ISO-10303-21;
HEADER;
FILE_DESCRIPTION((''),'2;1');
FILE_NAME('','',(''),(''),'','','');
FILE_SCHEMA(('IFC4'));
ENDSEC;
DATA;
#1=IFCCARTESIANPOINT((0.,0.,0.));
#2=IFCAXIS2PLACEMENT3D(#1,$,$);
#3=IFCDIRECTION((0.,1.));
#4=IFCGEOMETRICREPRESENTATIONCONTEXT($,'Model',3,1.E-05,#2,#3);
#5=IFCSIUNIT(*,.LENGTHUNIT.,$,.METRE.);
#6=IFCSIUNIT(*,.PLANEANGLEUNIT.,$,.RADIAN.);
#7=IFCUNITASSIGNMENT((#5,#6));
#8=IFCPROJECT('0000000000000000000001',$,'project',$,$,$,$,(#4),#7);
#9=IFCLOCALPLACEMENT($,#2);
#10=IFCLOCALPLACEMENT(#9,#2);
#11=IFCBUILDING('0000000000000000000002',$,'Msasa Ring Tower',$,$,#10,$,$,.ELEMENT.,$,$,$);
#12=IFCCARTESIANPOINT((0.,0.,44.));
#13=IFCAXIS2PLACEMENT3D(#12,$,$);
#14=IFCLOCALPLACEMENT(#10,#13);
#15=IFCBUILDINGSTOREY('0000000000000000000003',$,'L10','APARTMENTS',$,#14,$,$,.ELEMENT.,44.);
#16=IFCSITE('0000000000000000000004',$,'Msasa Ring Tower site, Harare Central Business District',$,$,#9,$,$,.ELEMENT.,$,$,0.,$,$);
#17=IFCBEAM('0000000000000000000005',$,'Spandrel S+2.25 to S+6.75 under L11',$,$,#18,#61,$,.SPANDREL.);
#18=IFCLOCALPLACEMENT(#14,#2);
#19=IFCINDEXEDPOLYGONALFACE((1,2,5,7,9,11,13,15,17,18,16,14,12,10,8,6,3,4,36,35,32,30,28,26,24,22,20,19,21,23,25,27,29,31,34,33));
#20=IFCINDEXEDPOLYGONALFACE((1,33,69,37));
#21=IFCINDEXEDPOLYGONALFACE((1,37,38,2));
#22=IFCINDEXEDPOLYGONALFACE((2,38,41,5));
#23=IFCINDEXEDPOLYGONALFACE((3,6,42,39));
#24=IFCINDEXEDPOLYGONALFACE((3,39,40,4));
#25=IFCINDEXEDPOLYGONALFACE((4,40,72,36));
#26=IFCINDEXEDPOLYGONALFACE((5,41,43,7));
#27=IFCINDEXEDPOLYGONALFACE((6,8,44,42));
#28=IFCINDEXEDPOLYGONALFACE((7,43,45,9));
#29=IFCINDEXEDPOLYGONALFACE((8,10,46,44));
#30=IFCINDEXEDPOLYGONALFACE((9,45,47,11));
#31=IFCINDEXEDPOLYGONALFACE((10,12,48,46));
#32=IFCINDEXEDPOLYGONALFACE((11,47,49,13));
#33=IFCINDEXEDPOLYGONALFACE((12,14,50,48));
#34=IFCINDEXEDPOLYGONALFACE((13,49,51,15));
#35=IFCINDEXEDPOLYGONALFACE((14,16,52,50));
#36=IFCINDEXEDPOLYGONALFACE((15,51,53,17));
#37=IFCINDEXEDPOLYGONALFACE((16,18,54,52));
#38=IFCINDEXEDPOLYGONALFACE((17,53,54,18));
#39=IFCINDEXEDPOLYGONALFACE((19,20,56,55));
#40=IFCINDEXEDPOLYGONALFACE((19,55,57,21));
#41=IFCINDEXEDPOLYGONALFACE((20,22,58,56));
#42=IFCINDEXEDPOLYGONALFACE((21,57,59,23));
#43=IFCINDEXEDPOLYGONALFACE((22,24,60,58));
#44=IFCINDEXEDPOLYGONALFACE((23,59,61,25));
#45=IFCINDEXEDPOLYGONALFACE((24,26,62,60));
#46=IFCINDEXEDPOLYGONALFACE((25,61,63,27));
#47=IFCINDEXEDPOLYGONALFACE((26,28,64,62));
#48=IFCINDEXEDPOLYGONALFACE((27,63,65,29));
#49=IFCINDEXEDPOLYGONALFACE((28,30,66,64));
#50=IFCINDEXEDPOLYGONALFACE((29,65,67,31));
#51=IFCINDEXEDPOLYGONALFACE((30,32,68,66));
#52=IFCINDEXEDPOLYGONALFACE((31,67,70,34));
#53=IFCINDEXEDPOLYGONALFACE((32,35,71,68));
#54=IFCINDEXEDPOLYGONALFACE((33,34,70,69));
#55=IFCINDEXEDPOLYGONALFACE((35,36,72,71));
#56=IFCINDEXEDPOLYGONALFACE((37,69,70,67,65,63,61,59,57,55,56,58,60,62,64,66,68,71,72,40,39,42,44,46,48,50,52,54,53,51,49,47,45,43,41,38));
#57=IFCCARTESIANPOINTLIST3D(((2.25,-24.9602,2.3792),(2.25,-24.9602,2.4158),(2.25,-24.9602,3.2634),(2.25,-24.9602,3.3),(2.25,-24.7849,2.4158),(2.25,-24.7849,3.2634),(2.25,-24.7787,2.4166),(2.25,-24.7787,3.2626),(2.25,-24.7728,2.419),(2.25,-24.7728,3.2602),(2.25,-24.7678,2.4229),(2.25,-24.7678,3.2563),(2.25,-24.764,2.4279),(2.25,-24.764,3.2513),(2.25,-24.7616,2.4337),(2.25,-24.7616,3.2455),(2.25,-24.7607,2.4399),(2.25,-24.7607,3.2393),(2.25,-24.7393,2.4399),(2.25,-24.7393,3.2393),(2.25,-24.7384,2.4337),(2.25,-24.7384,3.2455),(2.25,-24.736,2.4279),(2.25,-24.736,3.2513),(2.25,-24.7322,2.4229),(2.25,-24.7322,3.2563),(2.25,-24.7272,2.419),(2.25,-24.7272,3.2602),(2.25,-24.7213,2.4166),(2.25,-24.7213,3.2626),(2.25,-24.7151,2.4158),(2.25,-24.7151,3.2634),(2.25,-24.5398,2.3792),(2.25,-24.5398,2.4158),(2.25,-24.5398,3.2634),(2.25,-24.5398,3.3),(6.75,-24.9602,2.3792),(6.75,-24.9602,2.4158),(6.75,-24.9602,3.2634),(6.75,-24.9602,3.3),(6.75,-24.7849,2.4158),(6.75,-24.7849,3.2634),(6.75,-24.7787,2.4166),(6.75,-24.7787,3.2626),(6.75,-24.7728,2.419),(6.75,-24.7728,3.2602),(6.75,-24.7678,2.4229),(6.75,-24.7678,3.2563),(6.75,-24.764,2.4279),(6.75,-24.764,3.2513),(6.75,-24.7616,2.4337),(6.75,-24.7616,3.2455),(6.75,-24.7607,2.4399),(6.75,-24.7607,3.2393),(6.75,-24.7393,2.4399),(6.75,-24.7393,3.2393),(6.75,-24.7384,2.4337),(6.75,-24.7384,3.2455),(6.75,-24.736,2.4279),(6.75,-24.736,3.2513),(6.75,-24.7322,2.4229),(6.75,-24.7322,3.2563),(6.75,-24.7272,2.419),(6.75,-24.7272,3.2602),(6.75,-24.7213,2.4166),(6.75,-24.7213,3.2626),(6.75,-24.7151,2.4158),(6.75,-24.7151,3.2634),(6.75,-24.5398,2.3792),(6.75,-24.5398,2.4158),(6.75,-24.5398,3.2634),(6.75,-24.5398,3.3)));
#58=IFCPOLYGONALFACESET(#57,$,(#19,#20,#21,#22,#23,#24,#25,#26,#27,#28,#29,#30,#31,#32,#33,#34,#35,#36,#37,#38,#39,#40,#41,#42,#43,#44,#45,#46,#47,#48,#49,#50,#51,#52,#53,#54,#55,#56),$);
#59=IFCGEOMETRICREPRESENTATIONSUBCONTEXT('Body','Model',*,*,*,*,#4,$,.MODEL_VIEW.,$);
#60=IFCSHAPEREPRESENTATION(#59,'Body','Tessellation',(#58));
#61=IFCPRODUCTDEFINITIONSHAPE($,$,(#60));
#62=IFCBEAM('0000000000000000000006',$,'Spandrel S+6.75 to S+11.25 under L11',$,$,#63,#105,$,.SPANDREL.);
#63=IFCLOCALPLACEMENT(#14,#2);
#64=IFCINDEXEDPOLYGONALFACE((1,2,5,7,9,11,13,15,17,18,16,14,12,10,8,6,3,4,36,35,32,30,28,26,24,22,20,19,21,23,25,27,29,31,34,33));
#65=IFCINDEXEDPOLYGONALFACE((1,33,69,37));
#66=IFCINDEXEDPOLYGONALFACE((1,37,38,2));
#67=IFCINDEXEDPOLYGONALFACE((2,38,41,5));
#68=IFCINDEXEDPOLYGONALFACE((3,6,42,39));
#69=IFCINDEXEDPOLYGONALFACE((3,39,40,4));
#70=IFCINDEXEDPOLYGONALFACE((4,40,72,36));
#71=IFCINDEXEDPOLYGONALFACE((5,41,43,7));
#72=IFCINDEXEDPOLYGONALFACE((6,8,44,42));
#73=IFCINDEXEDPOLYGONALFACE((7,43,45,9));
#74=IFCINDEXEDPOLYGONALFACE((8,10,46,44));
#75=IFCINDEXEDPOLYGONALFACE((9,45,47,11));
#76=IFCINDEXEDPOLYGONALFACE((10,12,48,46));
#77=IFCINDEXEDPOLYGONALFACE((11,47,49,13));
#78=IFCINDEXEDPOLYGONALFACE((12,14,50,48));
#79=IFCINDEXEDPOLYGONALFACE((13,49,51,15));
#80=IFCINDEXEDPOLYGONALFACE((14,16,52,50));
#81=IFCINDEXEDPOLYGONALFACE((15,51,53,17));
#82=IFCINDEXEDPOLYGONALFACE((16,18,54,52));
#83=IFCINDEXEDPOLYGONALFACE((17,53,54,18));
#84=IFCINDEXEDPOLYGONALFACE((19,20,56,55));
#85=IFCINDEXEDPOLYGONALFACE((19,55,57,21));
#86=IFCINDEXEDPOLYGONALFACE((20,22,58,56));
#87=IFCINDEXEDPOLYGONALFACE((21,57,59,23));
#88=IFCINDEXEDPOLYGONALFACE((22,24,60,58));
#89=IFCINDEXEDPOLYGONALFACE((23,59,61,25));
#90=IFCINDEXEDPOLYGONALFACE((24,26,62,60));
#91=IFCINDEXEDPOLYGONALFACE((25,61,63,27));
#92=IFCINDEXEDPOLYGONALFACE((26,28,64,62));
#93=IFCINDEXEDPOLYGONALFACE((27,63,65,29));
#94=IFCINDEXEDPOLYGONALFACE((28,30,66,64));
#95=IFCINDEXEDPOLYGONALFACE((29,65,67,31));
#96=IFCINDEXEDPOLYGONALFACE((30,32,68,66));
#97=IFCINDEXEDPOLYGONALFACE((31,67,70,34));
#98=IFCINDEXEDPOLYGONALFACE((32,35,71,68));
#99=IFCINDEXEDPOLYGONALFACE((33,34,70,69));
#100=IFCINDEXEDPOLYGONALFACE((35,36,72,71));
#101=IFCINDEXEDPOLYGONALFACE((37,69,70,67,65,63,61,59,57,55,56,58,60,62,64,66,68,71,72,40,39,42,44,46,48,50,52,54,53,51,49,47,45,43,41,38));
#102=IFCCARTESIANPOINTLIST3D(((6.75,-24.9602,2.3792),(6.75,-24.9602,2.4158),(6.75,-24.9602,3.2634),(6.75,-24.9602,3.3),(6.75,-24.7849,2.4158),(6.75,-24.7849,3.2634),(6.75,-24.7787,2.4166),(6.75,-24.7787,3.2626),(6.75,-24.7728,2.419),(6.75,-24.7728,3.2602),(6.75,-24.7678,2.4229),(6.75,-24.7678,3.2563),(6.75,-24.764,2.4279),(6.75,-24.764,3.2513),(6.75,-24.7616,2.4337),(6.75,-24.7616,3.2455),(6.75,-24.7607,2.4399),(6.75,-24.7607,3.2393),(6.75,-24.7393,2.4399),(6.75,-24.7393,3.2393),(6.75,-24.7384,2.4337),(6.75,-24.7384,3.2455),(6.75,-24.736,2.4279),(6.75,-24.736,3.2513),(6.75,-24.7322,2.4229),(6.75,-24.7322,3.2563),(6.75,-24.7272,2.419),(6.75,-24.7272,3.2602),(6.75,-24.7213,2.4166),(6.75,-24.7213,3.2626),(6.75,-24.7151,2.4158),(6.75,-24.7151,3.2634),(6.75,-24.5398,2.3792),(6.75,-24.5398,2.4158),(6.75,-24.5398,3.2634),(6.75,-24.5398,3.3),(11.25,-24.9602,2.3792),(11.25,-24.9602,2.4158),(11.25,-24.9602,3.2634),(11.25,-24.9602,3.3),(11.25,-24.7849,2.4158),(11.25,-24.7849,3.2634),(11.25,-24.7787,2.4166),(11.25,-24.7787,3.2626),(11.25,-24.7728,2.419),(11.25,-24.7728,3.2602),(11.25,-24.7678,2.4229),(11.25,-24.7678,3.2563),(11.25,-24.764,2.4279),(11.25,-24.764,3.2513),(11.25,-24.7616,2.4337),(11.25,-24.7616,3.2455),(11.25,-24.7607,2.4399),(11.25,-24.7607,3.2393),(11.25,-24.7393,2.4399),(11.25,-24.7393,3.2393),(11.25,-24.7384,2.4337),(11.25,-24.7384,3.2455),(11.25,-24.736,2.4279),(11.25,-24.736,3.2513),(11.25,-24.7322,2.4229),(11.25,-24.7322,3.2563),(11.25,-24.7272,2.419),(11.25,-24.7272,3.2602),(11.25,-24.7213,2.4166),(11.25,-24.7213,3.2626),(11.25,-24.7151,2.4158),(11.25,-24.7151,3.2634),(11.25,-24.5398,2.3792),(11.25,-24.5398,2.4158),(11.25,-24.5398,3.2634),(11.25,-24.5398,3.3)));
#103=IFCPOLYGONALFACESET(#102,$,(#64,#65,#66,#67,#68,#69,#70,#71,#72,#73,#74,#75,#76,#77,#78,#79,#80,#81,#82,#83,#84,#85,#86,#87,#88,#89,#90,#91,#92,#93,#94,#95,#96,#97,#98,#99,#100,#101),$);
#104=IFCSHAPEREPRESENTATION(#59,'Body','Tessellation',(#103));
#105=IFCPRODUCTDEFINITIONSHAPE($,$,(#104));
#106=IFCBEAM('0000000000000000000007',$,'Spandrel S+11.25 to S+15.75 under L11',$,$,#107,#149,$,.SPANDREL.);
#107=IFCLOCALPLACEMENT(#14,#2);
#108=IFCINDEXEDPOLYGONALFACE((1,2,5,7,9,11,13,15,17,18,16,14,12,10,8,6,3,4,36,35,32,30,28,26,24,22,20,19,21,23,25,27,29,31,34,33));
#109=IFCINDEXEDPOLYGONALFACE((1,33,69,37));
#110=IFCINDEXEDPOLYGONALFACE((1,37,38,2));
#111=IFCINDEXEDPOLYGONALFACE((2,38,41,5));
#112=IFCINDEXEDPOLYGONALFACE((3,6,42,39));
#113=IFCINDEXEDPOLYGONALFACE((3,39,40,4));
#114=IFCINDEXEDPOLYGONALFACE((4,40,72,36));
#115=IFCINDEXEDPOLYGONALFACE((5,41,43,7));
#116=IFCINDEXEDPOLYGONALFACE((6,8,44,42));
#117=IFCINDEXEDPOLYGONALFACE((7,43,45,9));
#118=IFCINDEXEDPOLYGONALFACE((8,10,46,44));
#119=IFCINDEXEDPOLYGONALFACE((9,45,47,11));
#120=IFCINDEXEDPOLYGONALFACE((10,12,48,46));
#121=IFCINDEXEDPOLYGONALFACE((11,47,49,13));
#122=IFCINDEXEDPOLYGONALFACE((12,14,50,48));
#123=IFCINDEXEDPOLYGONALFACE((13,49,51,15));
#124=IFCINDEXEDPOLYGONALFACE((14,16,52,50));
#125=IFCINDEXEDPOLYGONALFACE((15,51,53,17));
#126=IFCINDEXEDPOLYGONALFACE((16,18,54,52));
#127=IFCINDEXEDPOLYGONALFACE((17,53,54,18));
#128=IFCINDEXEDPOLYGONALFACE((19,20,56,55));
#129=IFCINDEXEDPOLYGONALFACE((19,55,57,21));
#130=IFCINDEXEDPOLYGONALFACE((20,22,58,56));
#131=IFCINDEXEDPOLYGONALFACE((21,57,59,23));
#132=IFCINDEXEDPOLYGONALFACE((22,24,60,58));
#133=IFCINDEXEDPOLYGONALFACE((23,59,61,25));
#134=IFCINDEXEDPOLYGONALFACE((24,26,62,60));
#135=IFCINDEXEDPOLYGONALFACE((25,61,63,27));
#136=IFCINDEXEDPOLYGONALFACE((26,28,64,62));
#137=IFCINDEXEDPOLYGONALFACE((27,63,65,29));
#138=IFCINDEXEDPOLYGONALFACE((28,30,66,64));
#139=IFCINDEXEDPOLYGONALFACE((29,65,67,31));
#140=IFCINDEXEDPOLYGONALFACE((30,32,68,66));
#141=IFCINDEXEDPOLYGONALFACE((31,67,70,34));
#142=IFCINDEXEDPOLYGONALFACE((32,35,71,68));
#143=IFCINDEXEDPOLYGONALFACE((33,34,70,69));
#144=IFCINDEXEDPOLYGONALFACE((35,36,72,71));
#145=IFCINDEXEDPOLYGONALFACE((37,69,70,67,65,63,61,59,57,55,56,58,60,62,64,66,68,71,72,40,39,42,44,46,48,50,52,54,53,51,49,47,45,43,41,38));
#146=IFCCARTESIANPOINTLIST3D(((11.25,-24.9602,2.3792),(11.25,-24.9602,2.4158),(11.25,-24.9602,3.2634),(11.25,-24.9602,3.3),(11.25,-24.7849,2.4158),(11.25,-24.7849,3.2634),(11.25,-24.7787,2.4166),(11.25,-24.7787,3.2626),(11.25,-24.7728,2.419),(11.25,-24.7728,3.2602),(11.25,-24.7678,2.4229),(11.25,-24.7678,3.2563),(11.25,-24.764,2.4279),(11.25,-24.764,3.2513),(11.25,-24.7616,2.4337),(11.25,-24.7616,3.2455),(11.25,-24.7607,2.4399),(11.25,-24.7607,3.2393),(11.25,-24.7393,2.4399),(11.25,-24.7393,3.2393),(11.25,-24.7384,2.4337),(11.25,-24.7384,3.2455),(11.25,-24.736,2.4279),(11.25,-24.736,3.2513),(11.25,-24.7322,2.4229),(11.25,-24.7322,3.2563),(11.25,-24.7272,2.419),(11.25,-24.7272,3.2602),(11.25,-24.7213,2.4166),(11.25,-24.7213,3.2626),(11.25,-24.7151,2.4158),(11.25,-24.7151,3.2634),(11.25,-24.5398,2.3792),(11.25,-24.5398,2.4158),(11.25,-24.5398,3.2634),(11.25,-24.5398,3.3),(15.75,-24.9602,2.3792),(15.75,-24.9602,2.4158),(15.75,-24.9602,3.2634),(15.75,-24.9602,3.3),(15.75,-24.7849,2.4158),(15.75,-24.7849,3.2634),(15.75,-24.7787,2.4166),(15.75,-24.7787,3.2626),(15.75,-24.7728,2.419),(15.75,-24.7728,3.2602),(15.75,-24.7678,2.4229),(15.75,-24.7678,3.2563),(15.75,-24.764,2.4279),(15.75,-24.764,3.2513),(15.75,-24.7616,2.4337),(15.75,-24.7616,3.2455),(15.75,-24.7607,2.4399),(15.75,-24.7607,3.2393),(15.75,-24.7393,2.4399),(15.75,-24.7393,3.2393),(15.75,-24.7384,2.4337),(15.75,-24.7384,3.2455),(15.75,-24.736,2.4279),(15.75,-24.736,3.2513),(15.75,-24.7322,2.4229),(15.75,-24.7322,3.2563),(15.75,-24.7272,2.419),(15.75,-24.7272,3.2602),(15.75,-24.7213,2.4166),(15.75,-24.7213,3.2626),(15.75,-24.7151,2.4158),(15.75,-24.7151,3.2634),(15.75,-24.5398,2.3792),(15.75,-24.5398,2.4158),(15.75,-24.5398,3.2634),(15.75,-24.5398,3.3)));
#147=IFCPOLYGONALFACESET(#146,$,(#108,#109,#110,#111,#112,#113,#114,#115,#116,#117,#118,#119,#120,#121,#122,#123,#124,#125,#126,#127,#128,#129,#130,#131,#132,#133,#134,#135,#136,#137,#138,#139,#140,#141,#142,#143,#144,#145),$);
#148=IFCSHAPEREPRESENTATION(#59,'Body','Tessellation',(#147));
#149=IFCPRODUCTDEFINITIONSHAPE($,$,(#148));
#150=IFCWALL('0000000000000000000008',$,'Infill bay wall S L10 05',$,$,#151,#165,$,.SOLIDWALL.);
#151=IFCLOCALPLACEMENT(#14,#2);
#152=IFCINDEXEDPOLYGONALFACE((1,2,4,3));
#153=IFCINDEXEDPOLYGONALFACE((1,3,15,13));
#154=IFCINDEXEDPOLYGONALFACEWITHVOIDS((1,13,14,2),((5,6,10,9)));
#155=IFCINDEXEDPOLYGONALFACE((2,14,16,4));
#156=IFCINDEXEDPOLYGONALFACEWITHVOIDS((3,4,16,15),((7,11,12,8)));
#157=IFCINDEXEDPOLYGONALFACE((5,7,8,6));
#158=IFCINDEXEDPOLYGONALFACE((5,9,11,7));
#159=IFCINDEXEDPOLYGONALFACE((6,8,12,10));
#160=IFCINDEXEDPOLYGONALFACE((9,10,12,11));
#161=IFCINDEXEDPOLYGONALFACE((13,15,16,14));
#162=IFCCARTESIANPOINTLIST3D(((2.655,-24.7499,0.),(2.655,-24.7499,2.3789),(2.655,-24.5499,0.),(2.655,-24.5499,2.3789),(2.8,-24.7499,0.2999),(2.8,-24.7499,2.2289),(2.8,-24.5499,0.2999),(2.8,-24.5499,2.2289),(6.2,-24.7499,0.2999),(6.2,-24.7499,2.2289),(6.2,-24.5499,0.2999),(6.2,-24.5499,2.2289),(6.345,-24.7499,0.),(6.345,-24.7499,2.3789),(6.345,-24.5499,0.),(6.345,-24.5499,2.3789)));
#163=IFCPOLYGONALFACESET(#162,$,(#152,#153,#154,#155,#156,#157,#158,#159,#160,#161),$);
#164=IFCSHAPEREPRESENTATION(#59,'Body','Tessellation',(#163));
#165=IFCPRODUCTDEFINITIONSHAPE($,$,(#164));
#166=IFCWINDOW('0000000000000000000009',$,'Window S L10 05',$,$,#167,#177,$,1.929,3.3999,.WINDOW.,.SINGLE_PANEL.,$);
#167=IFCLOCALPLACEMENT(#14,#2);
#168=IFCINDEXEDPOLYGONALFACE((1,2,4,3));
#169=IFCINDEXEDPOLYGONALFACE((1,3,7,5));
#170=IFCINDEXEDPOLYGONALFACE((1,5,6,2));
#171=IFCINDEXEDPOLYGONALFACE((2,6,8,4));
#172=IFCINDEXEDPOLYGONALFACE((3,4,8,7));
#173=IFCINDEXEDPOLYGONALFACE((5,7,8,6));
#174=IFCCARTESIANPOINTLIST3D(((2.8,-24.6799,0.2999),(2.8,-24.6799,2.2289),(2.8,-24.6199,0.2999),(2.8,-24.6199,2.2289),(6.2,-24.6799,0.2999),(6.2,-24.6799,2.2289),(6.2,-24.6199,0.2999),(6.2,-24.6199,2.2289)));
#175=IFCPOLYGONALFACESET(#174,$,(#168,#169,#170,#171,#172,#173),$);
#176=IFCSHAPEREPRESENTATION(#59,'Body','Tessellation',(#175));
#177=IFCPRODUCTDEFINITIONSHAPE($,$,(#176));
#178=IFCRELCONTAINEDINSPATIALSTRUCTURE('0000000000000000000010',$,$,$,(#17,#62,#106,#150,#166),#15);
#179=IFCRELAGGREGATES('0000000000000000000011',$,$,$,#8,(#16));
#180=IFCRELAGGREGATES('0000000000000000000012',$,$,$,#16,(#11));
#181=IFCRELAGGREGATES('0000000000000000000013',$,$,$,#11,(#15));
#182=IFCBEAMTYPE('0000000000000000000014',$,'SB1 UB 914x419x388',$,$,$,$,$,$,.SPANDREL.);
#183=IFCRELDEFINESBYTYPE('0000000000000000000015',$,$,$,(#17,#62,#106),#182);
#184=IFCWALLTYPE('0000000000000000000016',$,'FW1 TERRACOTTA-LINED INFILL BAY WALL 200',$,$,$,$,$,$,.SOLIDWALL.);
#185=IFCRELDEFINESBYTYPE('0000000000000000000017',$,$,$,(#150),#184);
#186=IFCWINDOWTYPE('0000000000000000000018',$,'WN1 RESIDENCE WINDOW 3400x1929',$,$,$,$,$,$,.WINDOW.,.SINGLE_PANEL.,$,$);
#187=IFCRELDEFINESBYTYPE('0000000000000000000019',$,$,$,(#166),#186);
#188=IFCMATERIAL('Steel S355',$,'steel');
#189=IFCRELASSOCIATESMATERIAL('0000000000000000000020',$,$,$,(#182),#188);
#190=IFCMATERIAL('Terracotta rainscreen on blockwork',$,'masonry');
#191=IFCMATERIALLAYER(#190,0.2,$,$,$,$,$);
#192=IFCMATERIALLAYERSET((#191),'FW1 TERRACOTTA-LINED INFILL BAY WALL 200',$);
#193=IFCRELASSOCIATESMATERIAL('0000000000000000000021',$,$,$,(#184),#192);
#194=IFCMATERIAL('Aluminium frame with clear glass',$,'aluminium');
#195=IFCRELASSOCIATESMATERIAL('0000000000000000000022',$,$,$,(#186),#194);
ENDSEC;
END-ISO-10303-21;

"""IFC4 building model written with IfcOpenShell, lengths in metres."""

from ifc_helpers import new_model, si_unit, direction, frame, frame_2d, origin, origin_2d, place, context, subcontext, project, spatial, rectangle, i_section, extrude, material, layer, layer_set, material_profile, profile_set, type_object, element, fill, save


model = new_model("IFC4")

# Units and contexts
model_context = context("Model", 3, precision=1e-05, world=origin(), true_north=direction((0.0, 1.0)))
body_context = subcontext(model_context, "Body", "Model", "MODEL_VIEW")
ifc_project = project(units=[si_unit("LENGTHUNIT", "METRE"), si_unit("PLANEANGLEUNIT", "RADIAN")], contexts=[model_context])

# Site, building, storey
site_placement = place(None, origin())
site = spatial("IfcSite", under=ifc_project, at=site_placement, Name="Msasa Ring Tower site, Harare Central Business District", CompositionType="ELEMENT", RefElevation=0.0)
building_placement = place(site_placement, origin())
building = spatial("IfcBuilding", under=site, at=building_placement, Name="Msasa Ring Tower", CompositionType="ELEMENT")
storey_placement = place(building_placement, frame((0.0, 0.0, 44.0)))
storey = spatial("IfcBuildingStorey", under=building, at=storey_placement, Name="L10", Description="APARTMENTS", CompositionType="ELEMENT", Elevation=44.0)

# Beams
ifc_material_1 = material(Name="Steel S355", Category="steel")
ifc_material_profile_1 = material_profile(ifc_material_1, i_section(OverallWidth=0.4204, OverallDepth=0.9209, WebThickness=0.0215, FlangeThickness=0.0366, FilletRadius=0.0242, at=origin_2d()), Name="UB 914x419x388")
ifc_profile_set_1 = profile_set([ifc_material_profile_1], Name="Steel S355")
beam_type_1 = type_object("IfcBeamType", Name="SB1 UB 914x419x388", PredefinedType="SPANDREL", material=ifc_profile_set_1)
for number, where, z_axis, x_axis, name in (
    (1, (2.25, -24.75, 2.8396), (1.0, 0.0, 0.0), (0.0, 1.0, 0.0), "Spandrel S+2.25 to S+6.75 under L11"),
    (2, (6.75, -24.75, 2.8396), (1.0, 0.0, 0.0), (0.0, 1.0, 0.0), "Spandrel S+6.75 to S+11.25 under L11"),
    (3, (11.25, -24.75, 2.8396), (1.0, 0.0, 0.0), (0.0, 1.0, 0.0), "Spandrel S+11.25 to S+15.75 under L11"),
):
    element("IfcBeam", number, at=place(storey_placement, frame(where, z_axis=z_axis, x_axis=x_axis)), inside=storey, type_object=beam_type_1, Name=name, PredefinedType="SPANDREL", context=body_context, shape_type="SweptSolid", body=[
        extrude(i_section(OverallWidth=0.4204, OverallDepth=0.9209, WebThickness=0.0215, FlangeThickness=0.0366, FilletRadius=0.0242, at=origin_2d()), origin(), (0.0, 0.0, 1.0), 4.5),
    ])

# Wall, opening, window
ifc_material_2 = material(Name="Terracotta rainscreen on blockwork", Category="masonry")
ifc_layer_1 = layer(ifc_material_2, 0.2)
ifc_layer_set_1 = layer_set([ifc_layer_1], Name="FW1 TERRACOTTA-LINED INFILL BAY WALL 200")
wall_type_1 = type_object("IfcWallType", Name="FW1 TERRACOTTA-LINED INFILL BAY WALL 200", PredefinedType="SOLIDWALL", material=ifc_layer_set_1)
wall_1_placement = place(storey_placement, frame((2.655, -24.6499, 0.0), z_axis=(0.0, 0.0, 1.0), x_axis=(1.0, 0.0, 0.0)))
wall_1 = element("IfcWall", 4, at=wall_1_placement, inside=storey, type_object=wall_type_1, Name="Infill bay wall S L10 05", PredefinedType="SOLIDWALL", context=body_context, shape_type="SweptSolid", body=[
    extrude(rectangle(XDim=3.6899, YDim=0.2, at=frame_2d((1.845, 0.0))), origin(), (0.0, 0.0, 1.0), 2.3789),
])
opening_1_placement = place(wall_1_placement, frame((0.145, 0.0, 0.3)))
opening_1 = element("IfcOpeningElement", 5, at=opening_1_placement, cuts=wall_1, PredefinedType="OPENING", context=body_context, shape_type="SweptSolid", body=[
    extrude(rectangle(XDim=3.3999, YDim=1.929, at=frame_2d((1.7, 0.9644))), frame((0.0, 0.1099, 0.0), z_axis=(0.0, -1.0, 0.0), x_axis=(1.0, 0.0, 0.0)), (0.0, 0.0, 1.0), 0.22),
])
ifc_material_3 = material(Name="Aluminium frame with clear glass", Category="aluminium")
window_type = type_object("IfcWindowType", Name="WN1 RESIDENCE WINDOW 3400x1929", PartitioningType="SINGLE_PANEL", PredefinedType="WINDOW", material=ifc_material_3)
window_1_placement = place(opening_1_placement, origin())
window_1 = element("IfcWindow", 6, at=window_1_placement, inside=storey, type_object=window_type, Name="Window S L10 05", OverallHeight=1.929, OverallWidth=3.3999, PartitioningType="SINGLE_PANEL", PredefinedType="WINDOW", context=body_context, shape_type="SweptSolid", body=[
    extrude(rectangle(XDim=3.3999, YDim=1.929, at=frame_2d((1.7, 0.9644))), frame((0.0, 0.03, 0.0), z_axis=(0.0, -1.0, 0.0), x_axis=(1.0, 0.0, 0.0)), (0.0, 0.0, 1.0), 0.0601),
])
fill(opening_1, window_1)

save(model, "model.ifc")
